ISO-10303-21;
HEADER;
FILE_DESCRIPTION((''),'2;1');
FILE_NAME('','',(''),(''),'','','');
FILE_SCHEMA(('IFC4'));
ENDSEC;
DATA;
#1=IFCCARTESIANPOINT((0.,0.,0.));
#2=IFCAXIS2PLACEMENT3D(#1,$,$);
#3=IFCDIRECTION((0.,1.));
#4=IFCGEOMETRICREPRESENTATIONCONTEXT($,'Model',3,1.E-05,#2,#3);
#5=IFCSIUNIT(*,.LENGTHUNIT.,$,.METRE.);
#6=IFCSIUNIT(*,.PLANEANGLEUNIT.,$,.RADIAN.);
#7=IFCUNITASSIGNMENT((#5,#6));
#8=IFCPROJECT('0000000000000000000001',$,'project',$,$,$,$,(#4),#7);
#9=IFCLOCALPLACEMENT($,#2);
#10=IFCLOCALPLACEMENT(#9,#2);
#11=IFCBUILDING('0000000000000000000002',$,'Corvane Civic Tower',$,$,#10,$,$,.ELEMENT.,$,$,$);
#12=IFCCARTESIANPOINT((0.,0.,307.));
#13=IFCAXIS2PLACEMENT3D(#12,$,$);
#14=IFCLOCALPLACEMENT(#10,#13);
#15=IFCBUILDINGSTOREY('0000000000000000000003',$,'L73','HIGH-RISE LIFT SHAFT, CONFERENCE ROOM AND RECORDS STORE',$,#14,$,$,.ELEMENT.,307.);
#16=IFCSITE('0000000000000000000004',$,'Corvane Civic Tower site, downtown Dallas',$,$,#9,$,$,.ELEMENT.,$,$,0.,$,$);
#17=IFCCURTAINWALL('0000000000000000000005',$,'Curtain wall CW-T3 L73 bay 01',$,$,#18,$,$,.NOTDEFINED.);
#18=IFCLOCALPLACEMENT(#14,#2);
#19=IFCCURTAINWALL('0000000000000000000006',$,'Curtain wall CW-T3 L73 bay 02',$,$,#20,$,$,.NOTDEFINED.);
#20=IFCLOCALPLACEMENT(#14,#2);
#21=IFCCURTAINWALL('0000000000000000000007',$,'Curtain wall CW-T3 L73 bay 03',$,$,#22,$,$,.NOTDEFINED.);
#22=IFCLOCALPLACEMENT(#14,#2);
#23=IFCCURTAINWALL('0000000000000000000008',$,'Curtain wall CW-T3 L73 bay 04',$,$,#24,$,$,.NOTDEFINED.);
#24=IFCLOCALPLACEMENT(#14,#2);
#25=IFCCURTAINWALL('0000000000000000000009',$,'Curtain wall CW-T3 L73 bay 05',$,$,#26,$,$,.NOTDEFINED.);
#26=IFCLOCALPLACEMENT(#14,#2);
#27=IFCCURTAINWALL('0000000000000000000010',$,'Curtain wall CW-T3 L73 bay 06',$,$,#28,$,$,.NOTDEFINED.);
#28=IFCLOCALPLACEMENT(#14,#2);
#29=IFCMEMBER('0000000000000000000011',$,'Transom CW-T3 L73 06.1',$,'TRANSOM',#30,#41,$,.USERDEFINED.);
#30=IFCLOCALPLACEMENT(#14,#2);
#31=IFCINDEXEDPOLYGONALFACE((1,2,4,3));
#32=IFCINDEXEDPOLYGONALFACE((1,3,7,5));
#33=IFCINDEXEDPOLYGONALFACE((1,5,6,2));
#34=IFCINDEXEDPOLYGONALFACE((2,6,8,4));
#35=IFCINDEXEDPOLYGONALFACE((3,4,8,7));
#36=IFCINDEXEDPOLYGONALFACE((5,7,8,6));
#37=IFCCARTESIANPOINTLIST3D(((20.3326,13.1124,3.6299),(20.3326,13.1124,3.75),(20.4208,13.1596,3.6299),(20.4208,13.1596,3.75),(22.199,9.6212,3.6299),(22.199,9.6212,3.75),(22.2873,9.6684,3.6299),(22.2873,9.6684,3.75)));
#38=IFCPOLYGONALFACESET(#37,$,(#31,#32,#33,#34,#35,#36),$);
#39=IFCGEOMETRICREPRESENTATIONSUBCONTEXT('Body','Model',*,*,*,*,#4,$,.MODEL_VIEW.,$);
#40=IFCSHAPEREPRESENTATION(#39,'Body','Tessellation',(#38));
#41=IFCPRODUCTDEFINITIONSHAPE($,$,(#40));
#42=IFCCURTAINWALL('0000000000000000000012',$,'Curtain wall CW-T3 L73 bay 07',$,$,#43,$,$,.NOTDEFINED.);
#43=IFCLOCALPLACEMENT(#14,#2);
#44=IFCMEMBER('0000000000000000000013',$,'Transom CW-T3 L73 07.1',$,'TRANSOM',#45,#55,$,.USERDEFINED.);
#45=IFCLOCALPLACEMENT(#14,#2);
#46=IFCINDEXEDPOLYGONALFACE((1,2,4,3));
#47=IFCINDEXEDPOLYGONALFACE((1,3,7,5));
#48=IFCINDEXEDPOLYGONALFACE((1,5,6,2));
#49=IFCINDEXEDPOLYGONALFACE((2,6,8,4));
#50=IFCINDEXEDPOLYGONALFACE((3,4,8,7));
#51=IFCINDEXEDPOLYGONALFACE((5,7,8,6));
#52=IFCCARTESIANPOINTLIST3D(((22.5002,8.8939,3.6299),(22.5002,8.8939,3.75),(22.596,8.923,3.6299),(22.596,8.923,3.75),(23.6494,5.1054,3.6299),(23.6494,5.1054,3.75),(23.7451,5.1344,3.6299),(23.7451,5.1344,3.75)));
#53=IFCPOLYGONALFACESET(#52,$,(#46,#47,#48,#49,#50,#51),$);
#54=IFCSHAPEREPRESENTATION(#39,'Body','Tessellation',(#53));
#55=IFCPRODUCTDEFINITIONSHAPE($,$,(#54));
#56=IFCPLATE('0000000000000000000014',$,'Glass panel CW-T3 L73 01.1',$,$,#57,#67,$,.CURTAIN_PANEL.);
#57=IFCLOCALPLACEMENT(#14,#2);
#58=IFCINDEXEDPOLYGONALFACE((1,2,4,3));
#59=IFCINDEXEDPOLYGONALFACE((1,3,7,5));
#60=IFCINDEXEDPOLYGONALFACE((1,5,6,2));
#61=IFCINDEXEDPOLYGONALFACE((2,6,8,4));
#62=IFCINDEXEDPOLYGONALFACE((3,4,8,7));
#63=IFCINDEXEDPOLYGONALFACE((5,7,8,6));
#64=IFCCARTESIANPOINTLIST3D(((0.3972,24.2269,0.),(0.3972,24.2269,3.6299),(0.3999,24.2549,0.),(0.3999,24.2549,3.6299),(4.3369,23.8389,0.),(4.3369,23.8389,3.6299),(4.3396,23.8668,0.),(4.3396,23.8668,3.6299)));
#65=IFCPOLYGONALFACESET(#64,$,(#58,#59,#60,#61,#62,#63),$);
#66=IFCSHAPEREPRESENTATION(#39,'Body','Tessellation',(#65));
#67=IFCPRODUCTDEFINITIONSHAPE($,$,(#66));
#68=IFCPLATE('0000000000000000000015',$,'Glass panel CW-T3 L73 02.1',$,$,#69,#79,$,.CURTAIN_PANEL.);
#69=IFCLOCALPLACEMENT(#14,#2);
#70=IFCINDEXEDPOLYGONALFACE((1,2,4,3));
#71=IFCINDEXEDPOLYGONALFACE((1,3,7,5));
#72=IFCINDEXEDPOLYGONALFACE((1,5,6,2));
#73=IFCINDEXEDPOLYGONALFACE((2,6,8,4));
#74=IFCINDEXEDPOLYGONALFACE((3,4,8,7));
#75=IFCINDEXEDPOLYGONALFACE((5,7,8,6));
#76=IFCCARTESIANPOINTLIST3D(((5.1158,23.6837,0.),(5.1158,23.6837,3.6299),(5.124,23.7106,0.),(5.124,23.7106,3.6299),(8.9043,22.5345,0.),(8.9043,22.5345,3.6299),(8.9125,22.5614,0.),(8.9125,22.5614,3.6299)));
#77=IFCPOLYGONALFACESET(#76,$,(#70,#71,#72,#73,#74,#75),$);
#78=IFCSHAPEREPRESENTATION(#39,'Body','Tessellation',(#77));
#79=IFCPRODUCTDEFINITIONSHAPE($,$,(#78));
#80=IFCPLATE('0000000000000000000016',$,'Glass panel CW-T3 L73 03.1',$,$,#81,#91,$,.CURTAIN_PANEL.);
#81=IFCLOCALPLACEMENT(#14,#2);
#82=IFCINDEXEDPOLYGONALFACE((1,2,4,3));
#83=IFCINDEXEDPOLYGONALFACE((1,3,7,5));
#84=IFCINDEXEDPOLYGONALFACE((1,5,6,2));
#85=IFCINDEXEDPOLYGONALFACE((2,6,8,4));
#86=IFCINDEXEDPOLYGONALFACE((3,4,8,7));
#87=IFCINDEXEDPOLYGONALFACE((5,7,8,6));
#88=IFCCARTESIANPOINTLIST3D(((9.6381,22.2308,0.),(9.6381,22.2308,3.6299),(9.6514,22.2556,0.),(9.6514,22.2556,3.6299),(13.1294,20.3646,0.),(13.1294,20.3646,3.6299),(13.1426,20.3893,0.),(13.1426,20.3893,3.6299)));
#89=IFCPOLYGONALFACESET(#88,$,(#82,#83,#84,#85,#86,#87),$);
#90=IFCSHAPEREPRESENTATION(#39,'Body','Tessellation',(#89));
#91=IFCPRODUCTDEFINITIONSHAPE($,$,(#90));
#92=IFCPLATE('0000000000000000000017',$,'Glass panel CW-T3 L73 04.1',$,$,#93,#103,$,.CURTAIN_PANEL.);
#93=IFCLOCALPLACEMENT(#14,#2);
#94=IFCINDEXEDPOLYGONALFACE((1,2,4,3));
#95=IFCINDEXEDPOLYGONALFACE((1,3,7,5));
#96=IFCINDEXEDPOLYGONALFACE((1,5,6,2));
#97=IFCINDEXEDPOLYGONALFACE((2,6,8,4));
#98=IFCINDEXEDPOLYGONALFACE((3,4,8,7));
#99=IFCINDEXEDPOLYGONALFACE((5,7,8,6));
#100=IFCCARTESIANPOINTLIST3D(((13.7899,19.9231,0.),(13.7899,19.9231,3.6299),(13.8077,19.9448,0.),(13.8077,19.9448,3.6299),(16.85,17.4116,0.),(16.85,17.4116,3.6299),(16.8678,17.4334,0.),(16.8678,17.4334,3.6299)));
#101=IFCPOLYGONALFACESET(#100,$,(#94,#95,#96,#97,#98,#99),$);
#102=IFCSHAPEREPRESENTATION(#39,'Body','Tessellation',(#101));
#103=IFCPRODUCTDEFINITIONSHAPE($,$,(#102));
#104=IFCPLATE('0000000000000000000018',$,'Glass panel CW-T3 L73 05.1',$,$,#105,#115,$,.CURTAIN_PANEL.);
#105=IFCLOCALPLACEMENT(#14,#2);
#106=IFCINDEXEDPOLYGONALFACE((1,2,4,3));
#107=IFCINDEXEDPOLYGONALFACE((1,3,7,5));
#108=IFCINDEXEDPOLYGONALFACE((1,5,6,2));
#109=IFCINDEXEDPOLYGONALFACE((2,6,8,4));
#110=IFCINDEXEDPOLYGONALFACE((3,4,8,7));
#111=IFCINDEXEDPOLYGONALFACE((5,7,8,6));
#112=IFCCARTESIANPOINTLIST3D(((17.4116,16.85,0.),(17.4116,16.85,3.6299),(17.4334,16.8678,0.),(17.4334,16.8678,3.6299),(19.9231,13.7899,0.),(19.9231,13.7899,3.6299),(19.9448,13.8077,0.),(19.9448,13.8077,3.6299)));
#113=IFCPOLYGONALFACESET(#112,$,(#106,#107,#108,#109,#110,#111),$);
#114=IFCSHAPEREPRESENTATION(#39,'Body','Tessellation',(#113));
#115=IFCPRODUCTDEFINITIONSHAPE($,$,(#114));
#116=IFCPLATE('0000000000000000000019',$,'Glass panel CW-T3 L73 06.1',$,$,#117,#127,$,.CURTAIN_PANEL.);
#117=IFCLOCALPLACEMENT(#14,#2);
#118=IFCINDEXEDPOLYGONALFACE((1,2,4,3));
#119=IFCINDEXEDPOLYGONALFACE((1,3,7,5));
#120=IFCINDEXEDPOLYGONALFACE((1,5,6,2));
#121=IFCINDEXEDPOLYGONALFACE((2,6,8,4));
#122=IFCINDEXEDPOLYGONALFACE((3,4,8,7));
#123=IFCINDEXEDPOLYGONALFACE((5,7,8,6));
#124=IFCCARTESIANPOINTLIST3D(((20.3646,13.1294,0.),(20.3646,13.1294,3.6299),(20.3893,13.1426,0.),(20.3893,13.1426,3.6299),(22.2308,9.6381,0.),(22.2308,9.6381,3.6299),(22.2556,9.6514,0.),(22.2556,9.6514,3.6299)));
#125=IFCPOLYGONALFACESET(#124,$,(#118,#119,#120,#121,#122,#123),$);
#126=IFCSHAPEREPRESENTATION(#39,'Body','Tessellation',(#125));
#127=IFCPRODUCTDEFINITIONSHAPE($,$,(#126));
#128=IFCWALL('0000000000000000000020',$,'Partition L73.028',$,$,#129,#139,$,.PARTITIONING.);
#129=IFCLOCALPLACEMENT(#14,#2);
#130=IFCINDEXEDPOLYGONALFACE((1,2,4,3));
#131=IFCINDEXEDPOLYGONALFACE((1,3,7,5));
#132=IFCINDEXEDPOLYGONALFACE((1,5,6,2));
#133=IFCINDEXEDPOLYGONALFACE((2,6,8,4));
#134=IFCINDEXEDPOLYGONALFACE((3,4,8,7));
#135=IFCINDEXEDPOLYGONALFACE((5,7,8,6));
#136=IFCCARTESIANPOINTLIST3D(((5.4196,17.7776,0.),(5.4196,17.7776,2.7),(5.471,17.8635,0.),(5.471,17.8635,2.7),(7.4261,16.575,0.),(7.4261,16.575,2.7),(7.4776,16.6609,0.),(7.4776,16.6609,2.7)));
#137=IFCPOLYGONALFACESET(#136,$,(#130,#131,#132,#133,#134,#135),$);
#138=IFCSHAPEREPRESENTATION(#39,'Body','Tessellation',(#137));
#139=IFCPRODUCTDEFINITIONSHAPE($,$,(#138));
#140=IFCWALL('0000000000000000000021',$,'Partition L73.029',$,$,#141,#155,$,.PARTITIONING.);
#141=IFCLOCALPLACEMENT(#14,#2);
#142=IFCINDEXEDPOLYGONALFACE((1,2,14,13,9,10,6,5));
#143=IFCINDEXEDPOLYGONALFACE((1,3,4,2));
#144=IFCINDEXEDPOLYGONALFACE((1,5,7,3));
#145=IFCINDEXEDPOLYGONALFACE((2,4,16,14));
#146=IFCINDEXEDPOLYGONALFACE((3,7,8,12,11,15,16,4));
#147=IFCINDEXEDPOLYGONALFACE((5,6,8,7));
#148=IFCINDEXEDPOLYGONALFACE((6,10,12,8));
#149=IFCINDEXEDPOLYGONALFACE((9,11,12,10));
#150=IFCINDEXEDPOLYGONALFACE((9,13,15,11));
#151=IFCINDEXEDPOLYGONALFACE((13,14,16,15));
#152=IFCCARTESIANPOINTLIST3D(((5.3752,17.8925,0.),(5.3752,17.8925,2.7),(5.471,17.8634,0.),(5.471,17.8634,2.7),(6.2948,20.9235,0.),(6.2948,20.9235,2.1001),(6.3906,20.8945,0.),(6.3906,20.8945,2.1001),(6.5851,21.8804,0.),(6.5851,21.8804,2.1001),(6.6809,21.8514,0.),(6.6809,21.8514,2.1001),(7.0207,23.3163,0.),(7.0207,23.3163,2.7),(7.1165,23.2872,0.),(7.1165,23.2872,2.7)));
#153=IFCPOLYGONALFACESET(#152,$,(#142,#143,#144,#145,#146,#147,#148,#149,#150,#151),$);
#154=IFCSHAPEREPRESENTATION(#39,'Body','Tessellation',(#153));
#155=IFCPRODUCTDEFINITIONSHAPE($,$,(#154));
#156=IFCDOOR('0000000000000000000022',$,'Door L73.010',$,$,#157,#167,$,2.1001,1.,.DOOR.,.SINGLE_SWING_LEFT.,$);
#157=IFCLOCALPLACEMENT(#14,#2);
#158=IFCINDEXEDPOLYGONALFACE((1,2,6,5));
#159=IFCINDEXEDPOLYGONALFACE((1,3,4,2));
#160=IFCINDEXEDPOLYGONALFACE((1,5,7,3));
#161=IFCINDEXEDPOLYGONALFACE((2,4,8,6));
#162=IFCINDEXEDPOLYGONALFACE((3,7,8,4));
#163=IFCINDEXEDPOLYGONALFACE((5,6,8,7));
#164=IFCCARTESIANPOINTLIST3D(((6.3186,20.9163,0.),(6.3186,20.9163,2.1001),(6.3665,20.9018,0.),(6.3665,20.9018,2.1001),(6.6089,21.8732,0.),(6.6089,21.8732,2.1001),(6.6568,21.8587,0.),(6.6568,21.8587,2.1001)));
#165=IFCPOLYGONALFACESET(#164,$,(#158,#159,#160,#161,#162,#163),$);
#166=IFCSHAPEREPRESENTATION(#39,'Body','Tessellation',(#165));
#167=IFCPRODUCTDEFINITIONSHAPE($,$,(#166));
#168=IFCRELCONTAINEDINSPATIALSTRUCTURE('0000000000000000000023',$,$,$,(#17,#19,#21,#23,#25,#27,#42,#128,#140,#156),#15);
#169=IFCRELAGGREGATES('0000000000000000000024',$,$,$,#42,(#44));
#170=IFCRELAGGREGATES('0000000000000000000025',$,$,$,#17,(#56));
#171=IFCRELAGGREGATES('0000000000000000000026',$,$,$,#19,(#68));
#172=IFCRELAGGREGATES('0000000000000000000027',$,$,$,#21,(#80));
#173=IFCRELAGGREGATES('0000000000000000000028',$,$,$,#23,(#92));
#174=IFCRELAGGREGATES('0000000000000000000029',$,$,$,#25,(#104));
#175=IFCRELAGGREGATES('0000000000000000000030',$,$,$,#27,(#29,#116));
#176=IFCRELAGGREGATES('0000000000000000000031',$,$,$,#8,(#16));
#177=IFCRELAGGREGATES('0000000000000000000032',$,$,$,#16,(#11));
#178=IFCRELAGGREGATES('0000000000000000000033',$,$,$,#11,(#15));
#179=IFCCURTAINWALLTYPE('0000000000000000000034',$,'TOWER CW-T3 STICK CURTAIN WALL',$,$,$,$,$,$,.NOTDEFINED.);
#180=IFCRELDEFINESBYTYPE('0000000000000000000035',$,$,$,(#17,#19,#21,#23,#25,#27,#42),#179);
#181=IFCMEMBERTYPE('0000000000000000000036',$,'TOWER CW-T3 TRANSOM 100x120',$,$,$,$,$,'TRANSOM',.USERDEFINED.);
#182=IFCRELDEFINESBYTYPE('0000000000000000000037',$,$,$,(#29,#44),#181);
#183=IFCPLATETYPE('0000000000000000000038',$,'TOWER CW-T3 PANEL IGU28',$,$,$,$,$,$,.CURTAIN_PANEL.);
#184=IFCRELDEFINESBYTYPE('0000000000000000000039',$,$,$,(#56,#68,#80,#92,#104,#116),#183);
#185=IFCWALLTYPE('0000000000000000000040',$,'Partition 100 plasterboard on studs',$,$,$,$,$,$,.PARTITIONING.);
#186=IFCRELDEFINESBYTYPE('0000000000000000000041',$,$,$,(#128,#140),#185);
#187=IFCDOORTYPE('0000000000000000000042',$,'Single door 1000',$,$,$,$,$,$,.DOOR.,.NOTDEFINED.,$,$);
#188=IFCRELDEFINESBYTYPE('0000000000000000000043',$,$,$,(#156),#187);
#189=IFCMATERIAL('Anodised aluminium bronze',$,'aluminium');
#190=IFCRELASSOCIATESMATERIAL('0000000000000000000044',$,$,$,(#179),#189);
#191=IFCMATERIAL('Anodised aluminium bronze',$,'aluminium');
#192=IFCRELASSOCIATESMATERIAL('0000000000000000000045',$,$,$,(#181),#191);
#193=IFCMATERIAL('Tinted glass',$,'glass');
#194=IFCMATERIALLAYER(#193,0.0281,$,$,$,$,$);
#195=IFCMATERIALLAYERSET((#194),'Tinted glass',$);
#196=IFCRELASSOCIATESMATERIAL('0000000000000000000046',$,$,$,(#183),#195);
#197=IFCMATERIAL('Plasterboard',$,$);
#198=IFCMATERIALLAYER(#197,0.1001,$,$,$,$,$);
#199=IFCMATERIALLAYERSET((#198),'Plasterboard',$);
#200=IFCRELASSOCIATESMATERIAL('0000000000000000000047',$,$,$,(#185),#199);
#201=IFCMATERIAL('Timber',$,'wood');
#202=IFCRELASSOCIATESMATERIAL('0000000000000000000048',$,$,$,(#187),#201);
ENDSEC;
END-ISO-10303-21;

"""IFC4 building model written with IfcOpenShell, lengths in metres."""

from ifc_helpers import new_model, si_unit, direction, frame, frame_2d, origin, origin_2d, place, context, subcontext, project, spatial, rectangle, extrude, material, layer, layer_set, material_profile, profile_set, type_object, element, fill, aggregate, save


model = new_model("IFC4")

# Units and contexts
model_context = context("Model", 3, precision=1e-05, world=origin(), true_north=direction((0.0, 1.0)))
body_context = subcontext(model_context, "Body", "Model", "MODEL_VIEW")
ifc_project = project(units=[si_unit("LENGTHUNIT", "METRE"), si_unit("PLANEANGLEUNIT", "RADIAN")], contexts=[model_context])

# Site, building, storey
site_placement = place(None, origin())
site = spatial("IfcSite", under=ifc_project, at=site_placement, Name="Corvane Civic Tower site, downtown Dallas", CompositionType="ELEMENT", RefElevation=0.0)
building_placement = place(site_placement, origin())
building = spatial("IfcBuilding", under=site, at=building_placement, Name="Corvane Civic Tower", CompositionType="ELEMENT")
storey_placement = place(building_placement, frame((0.0, 0.0, 307.0)))
storey = spatial("IfcBuildingStorey", under=building, at=storey_placement, Name="L73", Description="HIGH-RISE LIFT SHAFT, CONFERENCE ROOM AND RECORDS STORE", CompositionType="ELEMENT", Elevation=307.0)

# Curtain walls, members
ifc_material_1 = material(Name="Anodised aluminium bronze", Category="aluminium")
curtain_wall_type = type_object("IfcCurtainWallType", Name="TOWER CW-T3 STICK CURTAIN WALL", PredefinedType="NOTDEFINED", material=ifc_material_1)
curtain_wall_1_placement = place(storey_placement, origin())
curtain_wall_1 = element("IfcCurtainWall", 1, at=curtain_wall_1_placement, inside=storey, type_object=curtain_wall_type, Name="Curtain wall CW-T3 L73 bay 01", PredefinedType="NOTDEFINED")
ifc_material_2 = material(Name="Anodised aluminium bronze", Category="aluminium")
ifc_material_profile_1 = material_profile(ifc_material_2, rectangle(XDim=0.1001, YDim=0.1201, at=origin_2d()), Name="TOWER CW-T3 TRANSOM 100x120")
ifc_profile_set_1 = profile_set([ifc_material_profile_1], Name="Anodised aluminium bronze")
member_type = type_object("IfcMemberType", Name="TOWER CW-T3 TRANSOM 100x120", ElementType="TRANSOM", PredefinedType="USERDEFINED", material=ifc_profile_set_1)
curtain_wall_2_placement = place(storey_placement, origin())
curtain_wall_2 = element("IfcCurtainWall", 2, at=curtain_wall_2_placement, inside=storey, type_object=curtain_wall_type, Name="Curtain wall CW-T3 L73 bay 02", PredefinedType="NOTDEFINED")
curtain_wall_3_placement = place(storey_placement, origin())
curtain_wall_3 = element("IfcCurtainWall", 3, at=curtain_wall_3_placement, inside=storey, type_object=curtain_wall_type, Name="Curtain wall CW-T3 L73 bay 03", PredefinedType="NOTDEFINED")
curtain_wall_4_placement = place(storey_placement, origin())
curtain_wall_4 = element("IfcCurtainWall", 4, at=curtain_wall_4_placement, inside=storey, type_object=curtain_wall_type, Name="Curtain wall CW-T3 L73 bay 04", PredefinedType="NOTDEFINED")
curtain_wall_5_placement = place(storey_placement, origin())
curtain_wall_5 = element("IfcCurtainWall", 5, at=curtain_wall_5_placement, inside=storey, type_object=curtain_wall_type, Name="Curtain wall CW-T3 L73 bay 05", PredefinedType="NOTDEFINED")
curtain_wall_6_placement = place(storey_placement, origin())
curtain_wall_6 = element("IfcCurtainWall", 6, at=curtain_wall_6_placement, inside=storey, type_object=curtain_wall_type, Name="Curtain wall CW-T3 L73 bay 06", PredefinedType="NOTDEFINED")
member_1_placement = place(storey_placement, frame((20.3767, 13.136, 3.6899), z_axis=(0.471468, -0.881883, 0.0), x_axis=(0.881883, 0.471468, 0.0)))
member_1 = element("IfcMember", 7, at=member_1_placement, type_object=member_type, Name="Transom CW-T3 L73 06.1", ObjectType="TRANSOM", PredefinedType="USERDEFINED", context=body_context, shape_type="SweptSolid", body=[
    extrude(rectangle(XDim=0.1001, YDim=0.1201, at=origin_2d()), origin(), (0.0, 0.0, 1.0), 3.9587),
])
curtain_wall_7_placement = place(storey_placement, origin())
curtain_wall_7 = element("IfcCurtainWall", 8, at=curtain_wall_7_placement, inside=storey, type_object=curtain_wall_type, Name="Curtain wall CW-T3 L73 bay 07", PredefinedType="NOTDEFINED")
member_2_placement = place(storey_placement, frame((22.5481, 8.9084, 3.6899), z_axis=(0.290266, -0.956946, 0.0), x_axis=(0.956946, 0.290266, 0.0)))
member_2 = element("IfcMember", 9, at=member_2_placement, type_object=member_type, Name="Transom CW-T3 L73 07.1", ObjectType="TRANSOM", PredefinedType="USERDEFINED", context=body_context, shape_type="SweptSolid", body=[
    extrude(rectangle(XDim=0.1001, YDim=0.1201, at=origin_2d()), origin(), (0.0, 0.0, 1.0), 3.959),
])
aggregate(curtain_wall_7, [member_2])

# Plates
ifc_material_3 = material(Name="Tinted glass", Category="glass")
ifc_layer_1 = layer(ifc_material_3, 0.0281)
ifc_layer_set_1 = layer_set([ifc_layer_1], Name="Tinted glass")
plate_type = type_object("IfcPlateType", Name="TOWER CW-T3 PANEL IGU28", PredefinedType="CURTAIN_PANEL", material=ifc_layer_set_1)
plate_1_placement = place(storey_placement, frame((2.3684, 24.0469, 0.0), z_axis=(0.0, 0.0, 1.0), x_axis=(0.995184, -0.098021, 0.0)))
plate_1 = element("IfcPlate", 10, at=plate_1_placement, type_object=plate_type, Name="Glass panel CW-T3 L73 01.1", PredefinedType="CURTAIN_PANEL", context=body_context, shape_type="SweptSolid", body=[
    extrude(rectangle(XDim=3.9587, YDim=0.0281, at=origin_2d()), origin(), (0.0, 0.0, 1.0), 3.6299),
])
aggregate(curtain_wall_1, [plate_1])
plate_2_placement = place(storey_placement, frame((7.0142, 23.1226, 0.0), z_axis=(0.0, 0.0, 1.0), x_axis=(0.956944, -0.290274, 0.0)))
plate_2 = element("IfcPlate", 11, at=plate_2_placement, type_object=plate_type, Name="Glass panel CW-T3 L73 02.1", PredefinedType="CURTAIN_PANEL", context=body_context, shape_type="SweptSolid", body=[
    extrude(rectangle(XDim=3.959, YDim=0.0281, at=origin_2d()), origin(), (0.0, 0.0, 1.0), 3.6299),
])
aggregate(curtain_wall_2, [plate_2])
plate_3_placement = place(storey_placement, frame((11.3904, 21.3101, 0.0), z_axis=(0.0, 0.0, 1.0), x_axis=(0.881908, -0.471421, 0.0)))
plate_3 = element("IfcPlate", 12, at=plate_3_placement, type_object=plate_type, Name="Glass panel CW-T3 L73 03.1", PredefinedType="CURTAIN_PANEL", context=body_context, shape_type="SweptSolid", body=[
    extrude(rectangle(XDim=3.9587, YDim=0.0281, at=origin_2d()), origin(), (0.0, 0.0, 1.0), 3.6299),
])
aggregate(curtain_wall_3, [plate_3])
plate_4_placement = place(storey_placement, frame((15.3289, 18.6782, 0.0), z_axis=(0.0, 0.0, 1.0), x_axis=(0.773001, -0.634405, 0.0)))
plate_4 = element("IfcPlate", 13, at=plate_4_placement, type_object=plate_type, Name="Glass panel CW-T3 L73 04.1", PredefinedType="CURTAIN_PANEL", context=body_context, shape_type="SweptSolid", body=[
    extrude(rectangle(XDim=3.9587, YDim=0.0281, at=origin_2d()), origin(), (0.0, 0.0, 1.0), 3.6299),
])
aggregate(curtain_wall_4, [plate_4])
plate_5_placement = place(storey_placement, frame((18.6782, 15.3289, 0.0), z_axis=(0.0, 0.0, 1.0), x_axis=(0.634405, -0.773001, 0.0)))
plate_5 = element("IfcPlate", 14, at=plate_5_placement, type_object=plate_type, Name="Glass panel CW-T3 L73 05.1", PredefinedType="CURTAIN_PANEL", context=body_context, shape_type="SweptSolid", body=[
    extrude(rectangle(XDim=3.9587, YDim=0.0281, at=origin_2d()), origin(), (0.0, 0.0, 1.0), 3.6299),
])
aggregate(curtain_wall_5, [plate_5])
plate_6_placement = place(storey_placement, frame((21.3101, 11.3904, 0.0), z_axis=(0.0, 0.0, 1.0), x_axis=(0.471421, -0.881908, 0.0)))
plate_6 = element("IfcPlate", 15, at=plate_6_placement, type_object=plate_type, Name="Glass panel CW-T3 L73 06.1", PredefinedType="CURTAIN_PANEL", context=body_context, shape_type="SweptSolid", body=[
    extrude(rectangle(XDim=3.9587, YDim=0.0281, at=origin_2d()), origin(), (0.0, 0.0, 1.0), 3.6299),
])
aggregate(curtain_wall_6, [member_1, plate_6])

# Wall
ifc_material_4 = material(Name="Plasterboard")
ifc_layer_2 = layer(ifc_material_4, 0.1001)
ifc_layer_set_2 = layer_set([ifc_layer_2], Name="Plasterboard")
wall_type = type_object("IfcWallType", Name="Partition 100 plasterboard on studs", PredefinedType="PARTITIONING", material=ifc_layer_set_2)
wall_1_placement = place(storey_placement, frame((5.4453, 17.8206, 0.0), z_axis=(0.0, 0.0, 1.0), x_axis=(0.857741, -0.514081, 0.0)))
element("IfcWall", 16, at=wall_1_placement, inside=storey, type_object=wall_type, Name="Partition L73.028", PredefinedType="PARTITIONING", context=body_context, shape_type="SweptSolid", body=[
    extrude(rectangle(XDim=2.3394, YDim=0.1001, at=frame_2d((1.1697, 0.0))), origin(), (0.0, 0.0, 1.0), 2.7),
])

# Wall, opening, door
wall_2_placement = place(storey_placement, frame((5.4231, 17.8779, 0.0), z_axis=(0.0, 0.0, 1.0), x_axis=(0.290318, 0.95693, 0.0)))
wall_2 = element("IfcWall", 17, at=wall_2_placement, inside=storey, type_object=wall_type, Name="Partition L73.029", PredefinedType="PARTITIONING", context=body_context, shape_type="SweptSolid", body=[
    extrude(rectangle(XDim=5.668, YDim=0.1001, at=frame_2d((2.834, 0.0))), origin(), (0.0, 0.0, 1.0), 2.7),
])
opening_placement = place(wall_2_placement, frame((3.1675, 0.0, 0.0)))
opening = element("IfcOpeningElement", 18, at=opening_placement, cuts=wall_2, PredefinedType="OPENING", context=body_context, shape_type="SweptSolid", body=[
    extrude(rectangle(XDim=1.0, YDim=2.1001, at=frame_2d((0.5, 1.05))), frame((0.0, 0.0601, 0.0), z_axis=(0.0, -1.0, 0.0), x_axis=(1.0, 0.0, 0.0)), (0.0, 0.0, 1.0), 0.1201),
])
ifc_material_5 = material(Name="Timber", Category="wood")
door_type = type_object("IfcDoorType", Name="Single door 1000", OperationType="NOTDEFINED", PredefinedType="DOOR", material=ifc_material_5)
door_placement = place(opening_placement, frame((1.0, 0.0, 0.0), z_axis=(0.0, 0.0, 1.0), x_axis=(-1.0, 0.0, 0.0)))
door = element("IfcDoor", 19, at=door_placement, inside=storey, type_object=door_type, Name="Door L73.010", OperationType="SINGLE_SWING_LEFT", OverallHeight=2.1001, OverallWidth=1.0, PredefinedType="DOOR", context=body_context, shape_type="SweptSolid", body=[
    extrude(rectangle(XDim=1.0, YDim=2.1001, at=frame_2d((0.5, 1.05))), frame((0.0, 0.0249, 0.0), z_axis=(0.0, -1.0, 0.0), x_axis=(1.0, 0.0, 0.0)), (0.0, 0.0, 1.0), 0.05),
])
fill(opening, door)

save(model, "model.ifc")
